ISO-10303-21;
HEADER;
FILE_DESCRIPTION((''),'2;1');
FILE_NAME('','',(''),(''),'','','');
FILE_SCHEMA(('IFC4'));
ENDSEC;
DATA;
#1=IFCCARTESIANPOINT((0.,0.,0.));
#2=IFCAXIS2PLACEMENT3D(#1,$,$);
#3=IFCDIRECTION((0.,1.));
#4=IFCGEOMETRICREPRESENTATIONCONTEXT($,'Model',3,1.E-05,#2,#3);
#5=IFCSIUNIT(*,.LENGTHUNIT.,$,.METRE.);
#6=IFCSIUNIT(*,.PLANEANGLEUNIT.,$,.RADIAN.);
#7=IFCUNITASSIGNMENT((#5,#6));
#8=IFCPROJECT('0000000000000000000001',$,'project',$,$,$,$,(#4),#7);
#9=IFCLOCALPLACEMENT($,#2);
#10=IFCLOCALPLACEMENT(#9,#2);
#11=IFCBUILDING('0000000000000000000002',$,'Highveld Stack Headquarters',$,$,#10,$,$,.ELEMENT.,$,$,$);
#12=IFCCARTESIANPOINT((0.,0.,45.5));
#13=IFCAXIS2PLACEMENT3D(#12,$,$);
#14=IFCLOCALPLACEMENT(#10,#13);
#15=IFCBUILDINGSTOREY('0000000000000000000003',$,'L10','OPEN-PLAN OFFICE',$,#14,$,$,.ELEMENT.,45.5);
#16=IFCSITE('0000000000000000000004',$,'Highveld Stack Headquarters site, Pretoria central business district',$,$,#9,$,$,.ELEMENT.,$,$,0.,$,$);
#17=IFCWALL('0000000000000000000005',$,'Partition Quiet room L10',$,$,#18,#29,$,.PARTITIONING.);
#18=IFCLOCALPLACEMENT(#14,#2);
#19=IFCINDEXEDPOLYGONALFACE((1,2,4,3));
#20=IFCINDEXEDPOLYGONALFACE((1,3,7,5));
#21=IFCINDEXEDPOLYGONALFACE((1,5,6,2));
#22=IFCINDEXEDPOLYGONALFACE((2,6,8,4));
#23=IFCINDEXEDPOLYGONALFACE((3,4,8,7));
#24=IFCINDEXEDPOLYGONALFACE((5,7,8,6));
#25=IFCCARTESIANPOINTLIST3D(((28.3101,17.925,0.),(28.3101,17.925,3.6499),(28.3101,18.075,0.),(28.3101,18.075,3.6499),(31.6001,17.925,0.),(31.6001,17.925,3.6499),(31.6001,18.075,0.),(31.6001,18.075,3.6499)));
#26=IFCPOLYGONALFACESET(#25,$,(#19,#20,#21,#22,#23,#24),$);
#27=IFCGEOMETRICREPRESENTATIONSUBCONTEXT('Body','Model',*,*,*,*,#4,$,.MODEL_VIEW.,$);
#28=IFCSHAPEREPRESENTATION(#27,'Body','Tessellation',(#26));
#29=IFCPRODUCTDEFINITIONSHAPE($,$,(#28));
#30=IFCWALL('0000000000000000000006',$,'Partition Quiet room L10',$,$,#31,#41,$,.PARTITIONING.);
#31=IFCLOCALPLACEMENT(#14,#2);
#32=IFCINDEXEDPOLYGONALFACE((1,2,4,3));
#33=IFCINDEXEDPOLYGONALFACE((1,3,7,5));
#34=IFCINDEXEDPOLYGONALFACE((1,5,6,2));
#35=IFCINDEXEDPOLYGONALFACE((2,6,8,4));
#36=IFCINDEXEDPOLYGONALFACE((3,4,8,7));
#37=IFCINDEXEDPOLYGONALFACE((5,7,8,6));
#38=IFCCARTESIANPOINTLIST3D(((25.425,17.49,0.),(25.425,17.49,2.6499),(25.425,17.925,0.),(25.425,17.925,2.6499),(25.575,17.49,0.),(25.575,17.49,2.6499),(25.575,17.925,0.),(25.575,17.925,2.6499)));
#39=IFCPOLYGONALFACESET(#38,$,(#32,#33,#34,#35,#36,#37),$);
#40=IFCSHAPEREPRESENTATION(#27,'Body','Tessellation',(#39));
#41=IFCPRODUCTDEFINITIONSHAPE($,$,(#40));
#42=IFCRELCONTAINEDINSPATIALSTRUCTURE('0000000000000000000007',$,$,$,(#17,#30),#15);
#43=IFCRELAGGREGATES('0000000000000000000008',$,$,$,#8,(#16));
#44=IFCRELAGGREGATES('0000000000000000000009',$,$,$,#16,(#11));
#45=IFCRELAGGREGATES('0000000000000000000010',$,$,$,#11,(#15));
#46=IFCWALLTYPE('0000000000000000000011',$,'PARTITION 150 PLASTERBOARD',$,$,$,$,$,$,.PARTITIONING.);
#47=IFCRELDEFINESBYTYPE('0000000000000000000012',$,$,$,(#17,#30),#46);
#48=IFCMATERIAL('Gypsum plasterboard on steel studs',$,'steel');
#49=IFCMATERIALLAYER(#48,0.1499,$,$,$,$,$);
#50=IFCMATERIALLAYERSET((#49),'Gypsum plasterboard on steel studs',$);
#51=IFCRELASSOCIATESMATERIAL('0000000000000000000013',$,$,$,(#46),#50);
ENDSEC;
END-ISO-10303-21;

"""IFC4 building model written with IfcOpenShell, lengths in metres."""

from ifc_helpers import new_model, si_unit, direction, frame, frame_2d, origin, place, context, subcontext, project, spatial, rectangle, extrude, material, layer, layer_set, type_object, element, save


model = new_model("IFC4")

# Units and contexts
model_context = context("Model", 3, precision=1e-05, world=origin(), true_north=direction((0.0, 1.0)))
body_context = subcontext(model_context, "Body", "Model", "MODEL_VIEW")
ifc_project = project(units=[si_unit("LENGTHUNIT", "METRE"), si_unit("PLANEANGLEUNIT", "RADIAN")], contexts=[model_context])

# Site, building, storey
site_placement = place(None, origin())
site = spatial("IfcSite", under=ifc_project, at=site_placement, Name="Highveld Stack Headquarters site, Pretoria central business district", CompositionType="ELEMENT", RefElevation=0.0)
building_placement = place(site_placement, origin())
building = spatial("IfcBuilding", under=site, at=building_placement, Name="Highveld Stack Headquarters", CompositionType="ELEMENT")
storey_placement = place(building_placement, frame((0.0, 0.0, 45.5)))
storey = spatial("IfcBuildingStorey", under=building, at=storey_placement, Name="L10", Description="OPEN-PLAN OFFICE", CompositionType="ELEMENT", Elevation=45.5)

# Walls
ifc_material_1 = material(Name="Gypsum plasterboard on steel studs", Category="steel")
ifc_layer_1 = layer(ifc_material_1, 0.1499)
ifc_layer_set_1 = layer_set([ifc_layer_1], Name="Gypsum plasterboard on steel studs")
wall_type = type_object("IfcWallType", Name="PARTITION 150 PLASTERBOARD", PredefinedType="PARTITIONING", material=ifc_layer_set_1)
wall_1_placement = place(storey_placement, frame((28.3101, 18.0, 0.0), z_axis=(0.0, 0.0, 1.0), x_axis=(1.0, 0.0, 0.0)))
element("IfcWall", 1, at=wall_1_placement, inside=storey, type_object=wall_type, Name="Partition Quiet room L10", PredefinedType="PARTITIONING", context=body_context, shape_type="SweptSolid", body=[
    extrude(rectangle(XDim=3.29, YDim=0.1499, at=frame_2d((1.645, 0.0))), origin(), (0.0, 0.0, 1.0), 3.6499),
])
wall_2_placement = place(storey_placement, frame((25.5, 17.49, 0.0), z_axis=(0.0, 0.0, 1.0), x_axis=(0.0, 1.0, 0.0)))
element("IfcWall", 2, at=wall_2_placement, inside=storey, type_object=wall_type, Name="Partition Quiet room L10", PredefinedType="PARTITIONING", context=body_context, shape_type="SweptSolid", body=[
    extrude(rectangle(XDim=0.4351, YDim=0.1499, at=frame_2d((0.2175, 0.0))), origin(), (0.0, 0.0, 1.0), 2.6499),
])

save(model, "model.ifc")
